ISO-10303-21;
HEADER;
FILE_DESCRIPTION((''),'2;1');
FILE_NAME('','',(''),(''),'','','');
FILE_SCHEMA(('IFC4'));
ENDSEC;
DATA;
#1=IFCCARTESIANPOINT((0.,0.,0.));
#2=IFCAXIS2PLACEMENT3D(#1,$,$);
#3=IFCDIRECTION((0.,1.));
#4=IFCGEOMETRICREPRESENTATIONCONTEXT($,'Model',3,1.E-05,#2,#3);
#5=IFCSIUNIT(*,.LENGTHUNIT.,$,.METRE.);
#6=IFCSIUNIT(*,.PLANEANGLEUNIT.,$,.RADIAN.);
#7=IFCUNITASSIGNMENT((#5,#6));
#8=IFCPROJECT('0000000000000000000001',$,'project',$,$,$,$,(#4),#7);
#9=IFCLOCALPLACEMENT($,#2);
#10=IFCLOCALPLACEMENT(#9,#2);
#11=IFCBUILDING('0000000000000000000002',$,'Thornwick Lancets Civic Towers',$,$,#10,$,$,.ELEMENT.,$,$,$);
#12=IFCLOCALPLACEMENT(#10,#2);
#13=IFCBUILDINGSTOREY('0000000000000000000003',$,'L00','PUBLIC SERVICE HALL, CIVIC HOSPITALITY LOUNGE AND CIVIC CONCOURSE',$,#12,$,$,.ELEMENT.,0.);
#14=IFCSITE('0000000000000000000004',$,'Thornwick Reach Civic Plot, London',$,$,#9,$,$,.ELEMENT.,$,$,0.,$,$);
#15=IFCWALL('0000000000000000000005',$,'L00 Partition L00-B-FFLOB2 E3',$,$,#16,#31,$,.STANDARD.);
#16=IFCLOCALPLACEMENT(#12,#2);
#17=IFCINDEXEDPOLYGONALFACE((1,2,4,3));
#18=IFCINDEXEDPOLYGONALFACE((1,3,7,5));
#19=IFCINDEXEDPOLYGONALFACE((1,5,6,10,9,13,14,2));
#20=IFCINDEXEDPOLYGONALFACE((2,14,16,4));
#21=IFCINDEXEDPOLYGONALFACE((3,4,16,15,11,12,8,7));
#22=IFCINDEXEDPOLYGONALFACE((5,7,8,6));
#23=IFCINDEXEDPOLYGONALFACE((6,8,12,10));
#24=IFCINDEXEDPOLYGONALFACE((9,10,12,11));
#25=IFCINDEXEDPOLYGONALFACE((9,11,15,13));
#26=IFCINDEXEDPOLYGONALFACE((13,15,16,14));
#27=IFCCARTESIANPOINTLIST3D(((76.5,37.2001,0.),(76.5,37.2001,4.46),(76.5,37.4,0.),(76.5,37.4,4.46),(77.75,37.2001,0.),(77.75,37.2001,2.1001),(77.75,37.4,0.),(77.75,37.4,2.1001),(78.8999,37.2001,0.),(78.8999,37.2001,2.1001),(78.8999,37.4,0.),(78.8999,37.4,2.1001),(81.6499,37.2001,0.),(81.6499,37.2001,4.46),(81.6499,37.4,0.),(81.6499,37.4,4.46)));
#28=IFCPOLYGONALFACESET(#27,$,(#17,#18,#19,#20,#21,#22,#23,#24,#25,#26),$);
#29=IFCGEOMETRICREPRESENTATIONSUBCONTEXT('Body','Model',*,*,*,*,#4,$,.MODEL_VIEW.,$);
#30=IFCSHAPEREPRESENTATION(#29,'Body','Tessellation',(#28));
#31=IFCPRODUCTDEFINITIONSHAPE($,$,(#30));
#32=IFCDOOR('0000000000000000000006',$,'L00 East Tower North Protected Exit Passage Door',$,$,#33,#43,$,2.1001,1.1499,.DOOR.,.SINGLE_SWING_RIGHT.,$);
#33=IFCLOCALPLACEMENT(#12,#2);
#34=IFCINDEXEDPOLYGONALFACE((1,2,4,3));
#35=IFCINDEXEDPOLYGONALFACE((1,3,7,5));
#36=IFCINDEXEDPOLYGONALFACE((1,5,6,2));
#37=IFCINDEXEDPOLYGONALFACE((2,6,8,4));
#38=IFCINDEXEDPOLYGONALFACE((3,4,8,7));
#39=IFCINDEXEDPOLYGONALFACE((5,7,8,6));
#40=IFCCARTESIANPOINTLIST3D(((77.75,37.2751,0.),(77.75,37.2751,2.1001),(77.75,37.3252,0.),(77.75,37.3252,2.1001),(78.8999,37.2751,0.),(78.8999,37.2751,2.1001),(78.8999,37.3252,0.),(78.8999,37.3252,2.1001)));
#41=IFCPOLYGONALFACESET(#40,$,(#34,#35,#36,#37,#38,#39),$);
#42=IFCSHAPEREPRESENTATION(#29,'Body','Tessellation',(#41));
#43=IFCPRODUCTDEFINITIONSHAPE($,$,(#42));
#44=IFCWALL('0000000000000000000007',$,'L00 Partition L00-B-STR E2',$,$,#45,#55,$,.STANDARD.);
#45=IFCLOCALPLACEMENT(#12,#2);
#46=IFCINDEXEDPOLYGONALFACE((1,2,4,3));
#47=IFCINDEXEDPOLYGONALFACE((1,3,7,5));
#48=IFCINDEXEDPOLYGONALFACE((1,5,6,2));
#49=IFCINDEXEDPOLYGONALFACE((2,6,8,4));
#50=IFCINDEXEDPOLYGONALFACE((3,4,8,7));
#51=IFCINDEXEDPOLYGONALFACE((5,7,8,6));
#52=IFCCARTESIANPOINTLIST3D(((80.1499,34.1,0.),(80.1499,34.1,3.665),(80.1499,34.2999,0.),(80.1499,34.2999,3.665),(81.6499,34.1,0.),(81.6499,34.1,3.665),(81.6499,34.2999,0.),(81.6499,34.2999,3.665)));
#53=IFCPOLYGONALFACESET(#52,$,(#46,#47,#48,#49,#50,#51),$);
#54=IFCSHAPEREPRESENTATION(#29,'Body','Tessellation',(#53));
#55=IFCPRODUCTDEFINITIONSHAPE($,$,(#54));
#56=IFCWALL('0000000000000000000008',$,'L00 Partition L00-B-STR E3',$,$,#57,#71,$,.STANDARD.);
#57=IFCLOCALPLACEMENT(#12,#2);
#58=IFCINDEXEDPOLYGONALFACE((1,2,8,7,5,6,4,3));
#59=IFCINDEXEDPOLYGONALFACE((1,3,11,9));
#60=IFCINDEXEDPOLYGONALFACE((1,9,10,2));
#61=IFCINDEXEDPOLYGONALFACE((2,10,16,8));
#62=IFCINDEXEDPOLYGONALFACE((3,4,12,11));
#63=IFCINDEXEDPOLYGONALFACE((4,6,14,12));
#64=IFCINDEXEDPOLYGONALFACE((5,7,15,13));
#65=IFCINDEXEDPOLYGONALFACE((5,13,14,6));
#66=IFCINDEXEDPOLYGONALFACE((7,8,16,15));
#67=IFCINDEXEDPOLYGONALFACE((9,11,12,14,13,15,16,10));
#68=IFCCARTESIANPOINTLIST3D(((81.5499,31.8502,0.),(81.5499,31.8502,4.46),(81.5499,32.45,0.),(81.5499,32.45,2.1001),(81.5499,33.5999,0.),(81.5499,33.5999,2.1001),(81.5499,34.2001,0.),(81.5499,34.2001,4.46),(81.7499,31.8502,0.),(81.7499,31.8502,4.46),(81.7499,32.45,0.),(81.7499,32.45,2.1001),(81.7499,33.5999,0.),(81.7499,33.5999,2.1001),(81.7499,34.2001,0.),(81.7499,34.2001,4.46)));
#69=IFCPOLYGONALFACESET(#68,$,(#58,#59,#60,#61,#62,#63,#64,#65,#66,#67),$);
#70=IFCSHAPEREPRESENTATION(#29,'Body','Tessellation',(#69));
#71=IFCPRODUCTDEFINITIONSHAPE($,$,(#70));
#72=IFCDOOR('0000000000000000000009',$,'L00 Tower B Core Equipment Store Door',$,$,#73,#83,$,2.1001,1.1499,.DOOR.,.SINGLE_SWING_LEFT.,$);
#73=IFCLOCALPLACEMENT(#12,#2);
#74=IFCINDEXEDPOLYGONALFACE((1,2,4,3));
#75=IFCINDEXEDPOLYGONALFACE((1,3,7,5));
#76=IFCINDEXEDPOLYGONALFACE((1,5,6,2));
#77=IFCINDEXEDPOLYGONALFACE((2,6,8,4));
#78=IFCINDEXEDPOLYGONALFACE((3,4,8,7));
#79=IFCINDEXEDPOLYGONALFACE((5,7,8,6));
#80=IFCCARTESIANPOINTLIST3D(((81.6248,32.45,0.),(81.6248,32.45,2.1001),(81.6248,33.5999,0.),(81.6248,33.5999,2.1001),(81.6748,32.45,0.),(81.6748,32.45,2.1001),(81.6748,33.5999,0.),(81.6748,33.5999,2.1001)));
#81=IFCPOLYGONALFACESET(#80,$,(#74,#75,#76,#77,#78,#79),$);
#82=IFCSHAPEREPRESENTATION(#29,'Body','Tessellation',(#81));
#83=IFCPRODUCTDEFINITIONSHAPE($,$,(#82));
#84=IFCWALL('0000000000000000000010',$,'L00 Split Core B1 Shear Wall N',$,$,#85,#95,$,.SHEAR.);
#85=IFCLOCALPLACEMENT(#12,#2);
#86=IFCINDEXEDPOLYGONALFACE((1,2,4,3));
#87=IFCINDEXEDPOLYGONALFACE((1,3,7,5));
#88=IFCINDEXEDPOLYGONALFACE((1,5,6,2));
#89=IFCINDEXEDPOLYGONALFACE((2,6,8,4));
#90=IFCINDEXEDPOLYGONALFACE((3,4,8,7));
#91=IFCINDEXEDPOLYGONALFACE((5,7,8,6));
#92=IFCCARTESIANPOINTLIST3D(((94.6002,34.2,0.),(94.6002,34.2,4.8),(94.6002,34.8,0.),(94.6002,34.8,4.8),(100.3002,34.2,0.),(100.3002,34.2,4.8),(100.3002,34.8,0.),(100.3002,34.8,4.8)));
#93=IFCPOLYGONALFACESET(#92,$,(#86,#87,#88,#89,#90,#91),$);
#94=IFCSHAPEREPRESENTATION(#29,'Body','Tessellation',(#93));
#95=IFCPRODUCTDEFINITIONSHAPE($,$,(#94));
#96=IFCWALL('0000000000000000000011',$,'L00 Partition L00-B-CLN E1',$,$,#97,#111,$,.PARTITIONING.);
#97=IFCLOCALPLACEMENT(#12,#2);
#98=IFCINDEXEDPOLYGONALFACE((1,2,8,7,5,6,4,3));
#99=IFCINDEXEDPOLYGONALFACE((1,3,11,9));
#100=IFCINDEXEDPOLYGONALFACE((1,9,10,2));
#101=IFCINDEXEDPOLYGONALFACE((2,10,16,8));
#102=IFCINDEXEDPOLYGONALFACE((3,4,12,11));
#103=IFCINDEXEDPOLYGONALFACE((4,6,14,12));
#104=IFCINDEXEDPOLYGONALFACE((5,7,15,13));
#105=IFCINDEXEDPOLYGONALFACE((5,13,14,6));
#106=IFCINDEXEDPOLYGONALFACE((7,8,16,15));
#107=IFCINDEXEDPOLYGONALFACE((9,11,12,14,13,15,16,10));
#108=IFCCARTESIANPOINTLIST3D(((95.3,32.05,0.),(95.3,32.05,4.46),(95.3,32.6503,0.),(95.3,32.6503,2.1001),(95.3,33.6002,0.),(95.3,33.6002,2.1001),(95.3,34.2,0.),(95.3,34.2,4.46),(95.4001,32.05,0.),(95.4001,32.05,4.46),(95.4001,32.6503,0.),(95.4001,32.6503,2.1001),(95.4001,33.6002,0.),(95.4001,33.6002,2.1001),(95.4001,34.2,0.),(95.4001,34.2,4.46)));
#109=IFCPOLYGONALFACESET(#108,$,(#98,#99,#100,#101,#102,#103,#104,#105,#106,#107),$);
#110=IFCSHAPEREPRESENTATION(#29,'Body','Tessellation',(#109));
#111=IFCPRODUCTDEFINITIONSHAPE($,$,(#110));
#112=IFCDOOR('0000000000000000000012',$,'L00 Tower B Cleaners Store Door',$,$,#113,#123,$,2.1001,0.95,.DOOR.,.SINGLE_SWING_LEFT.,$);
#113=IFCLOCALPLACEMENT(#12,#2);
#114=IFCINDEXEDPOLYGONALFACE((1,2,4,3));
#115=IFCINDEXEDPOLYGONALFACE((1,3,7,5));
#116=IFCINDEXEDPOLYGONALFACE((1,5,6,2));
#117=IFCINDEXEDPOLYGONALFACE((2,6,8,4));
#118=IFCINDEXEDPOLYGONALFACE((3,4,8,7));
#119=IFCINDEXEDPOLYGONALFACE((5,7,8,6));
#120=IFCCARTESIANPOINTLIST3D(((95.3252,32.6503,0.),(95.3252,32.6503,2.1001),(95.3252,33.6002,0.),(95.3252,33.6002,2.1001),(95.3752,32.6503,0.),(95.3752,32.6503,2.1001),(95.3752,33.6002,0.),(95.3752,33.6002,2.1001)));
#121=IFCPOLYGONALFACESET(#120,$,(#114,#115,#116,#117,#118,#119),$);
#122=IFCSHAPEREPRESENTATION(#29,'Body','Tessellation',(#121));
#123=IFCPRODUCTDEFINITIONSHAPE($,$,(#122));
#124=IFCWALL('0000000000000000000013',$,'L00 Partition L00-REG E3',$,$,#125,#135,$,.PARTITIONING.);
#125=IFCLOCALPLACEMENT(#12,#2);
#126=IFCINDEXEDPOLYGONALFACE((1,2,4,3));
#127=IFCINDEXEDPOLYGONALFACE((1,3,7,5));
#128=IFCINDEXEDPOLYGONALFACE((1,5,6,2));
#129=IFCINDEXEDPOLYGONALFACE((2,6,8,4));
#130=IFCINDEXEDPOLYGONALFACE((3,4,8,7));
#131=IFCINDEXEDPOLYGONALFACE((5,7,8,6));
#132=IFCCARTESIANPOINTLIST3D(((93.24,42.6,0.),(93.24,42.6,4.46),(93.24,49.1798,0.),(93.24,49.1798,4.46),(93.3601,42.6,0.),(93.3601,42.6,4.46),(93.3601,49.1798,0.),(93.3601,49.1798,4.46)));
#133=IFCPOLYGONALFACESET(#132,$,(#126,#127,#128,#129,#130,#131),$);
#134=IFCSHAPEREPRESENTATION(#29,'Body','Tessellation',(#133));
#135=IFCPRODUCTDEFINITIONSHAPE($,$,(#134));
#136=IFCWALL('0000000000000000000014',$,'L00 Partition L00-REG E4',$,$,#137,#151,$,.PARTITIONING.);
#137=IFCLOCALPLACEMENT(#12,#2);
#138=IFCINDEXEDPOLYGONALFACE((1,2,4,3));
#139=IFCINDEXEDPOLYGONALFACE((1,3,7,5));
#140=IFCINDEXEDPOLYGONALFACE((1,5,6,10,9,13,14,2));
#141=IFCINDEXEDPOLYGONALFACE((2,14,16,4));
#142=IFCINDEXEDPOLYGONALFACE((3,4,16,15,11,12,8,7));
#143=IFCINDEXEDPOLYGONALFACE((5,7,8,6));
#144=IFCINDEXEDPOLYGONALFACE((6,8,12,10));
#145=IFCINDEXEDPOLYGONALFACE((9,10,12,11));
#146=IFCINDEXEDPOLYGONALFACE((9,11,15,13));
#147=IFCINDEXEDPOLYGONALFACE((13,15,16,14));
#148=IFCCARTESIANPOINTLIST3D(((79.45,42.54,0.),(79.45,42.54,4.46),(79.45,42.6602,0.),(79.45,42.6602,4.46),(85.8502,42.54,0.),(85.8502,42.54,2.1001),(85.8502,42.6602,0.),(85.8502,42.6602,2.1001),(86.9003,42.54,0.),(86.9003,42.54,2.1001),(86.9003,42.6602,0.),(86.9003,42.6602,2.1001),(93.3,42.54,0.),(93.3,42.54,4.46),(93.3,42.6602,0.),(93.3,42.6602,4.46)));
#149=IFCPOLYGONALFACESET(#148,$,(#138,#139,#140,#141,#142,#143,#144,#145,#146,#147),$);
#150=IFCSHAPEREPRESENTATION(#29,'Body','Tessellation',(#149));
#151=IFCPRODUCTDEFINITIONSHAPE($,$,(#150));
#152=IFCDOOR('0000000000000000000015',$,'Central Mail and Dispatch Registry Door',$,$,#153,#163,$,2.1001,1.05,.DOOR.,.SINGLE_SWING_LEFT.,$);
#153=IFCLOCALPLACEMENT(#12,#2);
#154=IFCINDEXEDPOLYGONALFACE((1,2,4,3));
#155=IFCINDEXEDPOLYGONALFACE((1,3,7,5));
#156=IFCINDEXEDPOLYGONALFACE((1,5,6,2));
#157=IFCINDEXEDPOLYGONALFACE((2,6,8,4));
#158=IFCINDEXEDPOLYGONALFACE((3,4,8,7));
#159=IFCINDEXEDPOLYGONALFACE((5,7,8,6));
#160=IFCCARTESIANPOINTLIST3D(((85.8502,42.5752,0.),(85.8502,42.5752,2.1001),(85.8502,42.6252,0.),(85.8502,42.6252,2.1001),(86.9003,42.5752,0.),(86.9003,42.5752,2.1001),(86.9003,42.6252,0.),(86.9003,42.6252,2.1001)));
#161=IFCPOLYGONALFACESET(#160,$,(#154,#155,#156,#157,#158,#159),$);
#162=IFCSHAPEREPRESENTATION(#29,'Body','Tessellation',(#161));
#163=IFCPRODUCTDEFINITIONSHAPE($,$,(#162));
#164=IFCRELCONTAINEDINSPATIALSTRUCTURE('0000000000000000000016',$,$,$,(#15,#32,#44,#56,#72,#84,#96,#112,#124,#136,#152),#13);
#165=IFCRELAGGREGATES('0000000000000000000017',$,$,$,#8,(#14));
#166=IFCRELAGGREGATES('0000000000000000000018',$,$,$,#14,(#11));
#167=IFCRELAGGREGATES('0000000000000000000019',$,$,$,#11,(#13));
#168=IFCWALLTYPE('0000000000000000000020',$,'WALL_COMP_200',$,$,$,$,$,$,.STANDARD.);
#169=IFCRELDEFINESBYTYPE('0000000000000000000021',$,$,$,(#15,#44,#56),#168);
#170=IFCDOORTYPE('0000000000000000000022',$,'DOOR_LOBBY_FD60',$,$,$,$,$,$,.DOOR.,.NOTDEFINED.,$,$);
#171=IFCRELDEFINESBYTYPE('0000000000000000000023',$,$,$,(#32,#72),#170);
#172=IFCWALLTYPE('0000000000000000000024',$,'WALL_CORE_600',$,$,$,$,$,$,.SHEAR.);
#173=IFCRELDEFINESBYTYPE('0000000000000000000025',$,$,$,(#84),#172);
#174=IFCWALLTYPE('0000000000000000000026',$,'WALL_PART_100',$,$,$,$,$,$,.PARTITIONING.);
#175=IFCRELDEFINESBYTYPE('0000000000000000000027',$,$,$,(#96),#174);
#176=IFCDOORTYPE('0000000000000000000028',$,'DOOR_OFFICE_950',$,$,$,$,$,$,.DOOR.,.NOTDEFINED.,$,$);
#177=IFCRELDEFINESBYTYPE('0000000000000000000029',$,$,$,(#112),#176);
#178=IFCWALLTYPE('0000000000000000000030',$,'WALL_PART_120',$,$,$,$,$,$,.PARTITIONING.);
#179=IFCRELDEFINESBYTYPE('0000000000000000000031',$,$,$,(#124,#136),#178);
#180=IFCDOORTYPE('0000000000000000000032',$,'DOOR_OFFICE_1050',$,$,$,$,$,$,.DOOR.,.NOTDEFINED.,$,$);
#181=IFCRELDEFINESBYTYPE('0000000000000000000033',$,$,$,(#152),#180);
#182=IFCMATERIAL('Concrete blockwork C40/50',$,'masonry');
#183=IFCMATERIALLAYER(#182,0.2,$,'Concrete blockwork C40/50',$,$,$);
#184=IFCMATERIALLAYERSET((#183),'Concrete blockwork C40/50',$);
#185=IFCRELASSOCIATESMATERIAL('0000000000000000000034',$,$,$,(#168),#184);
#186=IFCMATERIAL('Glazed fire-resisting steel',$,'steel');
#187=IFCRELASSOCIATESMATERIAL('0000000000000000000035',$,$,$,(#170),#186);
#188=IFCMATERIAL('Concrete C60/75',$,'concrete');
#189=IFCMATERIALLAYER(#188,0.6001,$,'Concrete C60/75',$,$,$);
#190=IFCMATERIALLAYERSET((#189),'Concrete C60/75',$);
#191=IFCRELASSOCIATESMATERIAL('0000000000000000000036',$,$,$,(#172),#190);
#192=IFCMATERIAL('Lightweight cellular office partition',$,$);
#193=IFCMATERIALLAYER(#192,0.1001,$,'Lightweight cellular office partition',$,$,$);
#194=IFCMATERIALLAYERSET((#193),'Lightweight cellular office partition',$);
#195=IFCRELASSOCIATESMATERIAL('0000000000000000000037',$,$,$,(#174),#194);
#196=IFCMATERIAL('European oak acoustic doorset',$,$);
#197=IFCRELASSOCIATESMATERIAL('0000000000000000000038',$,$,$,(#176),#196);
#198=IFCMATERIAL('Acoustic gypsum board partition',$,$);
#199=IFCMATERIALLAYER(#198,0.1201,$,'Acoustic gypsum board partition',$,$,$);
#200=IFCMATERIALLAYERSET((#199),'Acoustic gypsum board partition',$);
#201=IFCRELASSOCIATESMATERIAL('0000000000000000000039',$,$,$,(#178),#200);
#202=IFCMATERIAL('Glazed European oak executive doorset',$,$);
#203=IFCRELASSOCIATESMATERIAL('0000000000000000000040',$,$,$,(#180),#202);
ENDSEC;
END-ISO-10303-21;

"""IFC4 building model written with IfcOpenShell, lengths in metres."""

from ifc_helpers import new_model, si_unit, direction, frame, frame_2d, origin, place, context, subcontext, project, spatial, rectangle, extrude, material, layer, layer_set, type_object, element, fill, save


model = new_model("IFC4")

# Units and contexts
model_context = context("Model", 3, precision=1e-05, world=origin(), true_north=direction((0.0, 1.0)))
body_context = subcontext(model_context, "Body", "Model", "MODEL_VIEW")
ifc_project = project(units=[si_unit("LENGTHUNIT", "METRE"), si_unit("PLANEANGLEUNIT", "RADIAN")], contexts=[model_context])

# Site, building, storey
site_placement = place(None, origin())
site = spatial("IfcSite", under=ifc_project, at=site_placement, Name="Thornwick Reach Civic Plot, London", CompositionType="ELEMENT", RefElevation=0.0)
building_placement = place(site_placement, origin())
building = spatial("IfcBuilding", under=site, at=building_placement, Name="Thornwick Lancets Civic Towers", CompositionType="ELEMENT")
storey_placement = place(building_placement, origin())
storey = spatial("IfcBuildingStorey", under=building, at=storey_placement, Name="L00", Description="PUBLIC SERVICE HALL, CIVIC HOSPITALITY LOUNGE AND CIVIC CONCOURSE", CompositionType="ELEMENT", Elevation=0.0)

# Shared definitions
ifc_material_1 = material(Name="Concrete C60/75", Category="concrete")

# Shared definitions
ifc_material_2 = material(Name="Concrete blockwork C40/50", Category="masonry")
ifc_layer_1 = layer(ifc_material_2, 0.2, Name="Concrete blockwork C40/50")
ifc_layer_set_1 = layer_set([ifc_layer_1], Name="Concrete blockwork C40/50")
wall_type_1 = type_object("IfcWallType", Name="WALL_COMP_200", PredefinedType="STANDARD", material=ifc_layer_set_1)

# Wall, opening, door
ifc_material_3 = material(Name="Glazed fire-resisting steel", Category="steel")
door_type_1 = type_object("IfcDoorType", Name="DOOR_LOBBY_FD60", OperationType="NOTDEFINED", PredefinedType="DOOR", material=ifc_material_3)
wall_1_placement = place(storey_placement, frame((81.6499, 37.3, 0.0), z_axis=(0.0, 0.0, 1.0), x_axis=(-1.0, 0.0, 0.0)))
wall_1 = element("IfcWall", 1, at=wall_1_placement, inside=storey, type_object=wall_type_1, Name="L00 Partition L00-B-FFLOB2 E3", PredefinedType="STANDARD", context=body_context, shape_type="SweptSolid", body=[
    extrude(rectangle(XDim=5.1499, YDim=0.2, at=frame_2d((2.575, 0.0))), origin(), (0.0, 0.0, 1.0), 4.46),
])
opening_1_placement = place(wall_1_placement, frame((2.75, 0.0, 0.0)))
opening_1 = element("IfcOpeningElement", 2, at=opening_1_placement, cuts=wall_1, PredefinedType="OPENING", context=body_context, shape_type="SweptSolid", body=[
    extrude(rectangle(XDim=1.1499, YDim=2.1001, at=frame_2d((0.575, 1.05))), frame((0.0, 0.1099, 0.0), z_axis=(0.0, -1.0, 0.0), x_axis=(1.0, 0.0, 0.0)), (0.0, 0.0, 1.0), 0.22),
])
door_1_placement = place(opening_1_placement, origin())
door_1 = element("IfcDoor", 3, at=door_1_placement, inside=storey, type_object=door_type_1, Name="L00 East Tower North Protected Exit Passage Door", OperationType="SINGLE_SWING_RIGHT", OverallHeight=2.1001, OverallWidth=1.1499, PredefinedType="DOOR", context=body_context, shape_type="SweptSolid", body=[
    extrude(rectangle(XDim=1.1499, YDim=2.1001, at=frame_2d((0.575, 1.05))), frame((0.0, 0.0249, 0.0), z_axis=(0.0, -1.0, 0.0), x_axis=(1.0, 0.0, 0.0)), (0.0, 0.0, 1.0), 0.05),
])
fill(opening_1, door_1)

# Wall
wall_2_placement = place(storey_placement, frame((80.1499, 34.2, 0.0), z_axis=(0.0, 0.0, 1.0), x_axis=(1.0, 0.0, 0.0)))
element("IfcWall", 4, at=wall_2_placement, inside=storey, type_object=wall_type_1, Name="L00 Partition L00-B-STR E2", PredefinedType="STANDARD", context=body_context, shape_type="SweptSolid", body=[
    extrude(rectangle(XDim=1.5, YDim=0.2, at=frame_2d((0.75, 0.0))), origin(), (0.0, 0.0, 1.0), 3.665),
])

# Wall, opening, door
wall_3_placement = place(storey_placement, frame((81.6499, 34.2, 0.0), z_axis=(0.0, 0.0, 1.0), x_axis=(0.0, -1.0, 0.0)))
wall_3 = element("IfcWall", 5, at=wall_3_placement, inside=storey, type_object=wall_type_1, Name="L00 Partition L00-B-STR E3", PredefinedType="STANDARD", context=body_context, shape_type="SweptSolid", body=[
    extrude(rectangle(XDim=2.3499, YDim=0.2, at=frame_2d((1.1748, 0.0))), origin(), (0.0, 0.0, 1.0), 4.46),
])
opening_2_placement = place(wall_3_placement, frame((0.6001, 0.0, 0.0)))
opening_2 = element("IfcOpeningElement", 6, at=opening_2_placement, cuts=wall_3, PredefinedType="OPENING", context=body_context, shape_type="SweptSolid", body=[
    extrude(rectangle(XDim=1.1499, YDim=2.1001, at=frame_2d((0.575, 1.05))), frame((0.0, 0.1099, 0.0), z_axis=(0.0, -1.0, 0.0), x_axis=(1.0, 0.0, 0.0)), (0.0, 0.0, 1.0), 0.22),
])
door_2_placement = place(opening_2_placement, origin())
door_2 = element("IfcDoor", 7, at=door_2_placement, inside=storey, type_object=door_type_1, Name="L00 Tower B Core Equipment Store Door", OperationType="SINGLE_SWING_LEFT", OverallHeight=2.1001, OverallWidth=1.1499, PredefinedType="DOOR", context=body_context, shape_type="SweptSolid", body=[
    extrude(rectangle(XDim=1.1499, YDim=2.1001, at=frame_2d((0.575, 1.05))), frame((0.0, 0.0249, 0.0), z_axis=(0.0, -1.0, 0.0), x_axis=(1.0, 0.0, 0.0)), (0.0, 0.0, 1.0), 0.05),
])
fill(opening_2, door_2)

# Wall
ifc_layer_2 = layer(ifc_material_1, 0.6001, Name="Concrete C60/75")
ifc_layer_set_2 = layer_set([ifc_layer_2], Name="Concrete C60/75")
wall_type_2 = type_object("IfcWallType", Name="WALL_CORE_600", PredefinedType="SHEAR", material=ifc_layer_set_2)
wall_4_placement = place(storey_placement, frame((94.6001, 34.5, 0.0), z_axis=(0.0, 0.0, 1.0), x_axis=(1.0, 0.0, 0.0)))
element("IfcWall", 8, at=wall_4_placement, inside=storey, type_object=wall_type_2, Name="L00 Split Core B1 Shear Wall N", PredefinedType="SHEAR", context=body_context, shape_type="SweptSolid", body=[
    extrude(rectangle(XDim=5.7, YDim=0.6001, at=frame_2d((2.8501, 0.0))), origin(), (0.0, 0.0, 1.0), 4.8),
])

# Wall, opening, door
ifc_material_4 = material(Name="Lightweight cellular office partition")
ifc_layer_3 = layer(ifc_material_4, 0.1001, Name="Lightweight cellular office partition")
ifc_layer_set_3 = layer_set([ifc_layer_3], Name="Lightweight cellular office partition")
wall_type_3 = type_object("IfcWallType", Name="WALL_PART_100", PredefinedType="PARTITIONING", material=ifc_layer_set_3)
wall_5_placement = place(storey_placement, frame((95.3501, 32.05, 0.0), z_axis=(0.0, 0.0, 1.0), x_axis=(0.0, 1.0, 0.0)))
wall_5 = element("IfcWall", 9, at=wall_5_placement, inside=storey, type_object=wall_type_3, Name="L00 Partition L00-B-CLN E1", PredefinedType="PARTITIONING", context=body_context, shape_type="SweptSolid", body=[
    extrude(rectangle(XDim=2.1499, YDim=0.1001, at=frame_2d((1.075, 0.0))), origin(), (0.0, 0.0, 1.0), 4.46),
])
opening_3_placement = place(wall_5_placement, frame((0.6001, 0.0, 0.0)))
opening_3 = element("IfcOpeningElement", 10, at=opening_3_placement, cuts=wall_5, PredefinedType="OPENING", context=body_context, shape_type="SweptSolid", body=[
    extrude(rectangle(XDim=0.95, YDim=2.1001, at=frame_2d((0.4751, 1.05))), frame((0.0, 0.0601, 0.0), z_axis=(0.0, -1.0, 0.0), x_axis=(1.0, 0.0, 0.0)), (0.0, 0.0, 1.0), 0.1201),
])
ifc_material_5 = material(Name="European oak acoustic doorset")
door_type_2 = type_object("IfcDoorType", Name="DOOR_OFFICE_950", OperationType="NOTDEFINED", PredefinedType="DOOR", material=ifc_material_5)
door_3_placement = place(opening_3_placement, origin())
door_3 = element("IfcDoor", 11, at=door_3_placement, inside=storey, type_object=door_type_2, Name="L00 Tower B Cleaners Store Door", OperationType="SINGLE_SWING_LEFT", OverallHeight=2.1001, OverallWidth=0.95, PredefinedType="DOOR", context=body_context, shape_type="SweptSolid", body=[
    extrude(rectangle(XDim=0.95, YDim=2.1001, at=frame_2d((0.4751, 1.05))), frame((0.0, 0.0249, 0.0), z_axis=(0.0, -1.0, 0.0), x_axis=(1.0, 0.0, 0.0)), (0.0, 0.0, 1.0), 0.05),
])
fill(opening_3, door_3)

# Wall
ifc_material_6 = material(Name="Acoustic gypsum board partition")
ifc_layer_4 = layer(ifc_material_6, 0.1201, Name="Acoustic gypsum board partition")
ifc_layer_set_4 = layer_set([ifc_layer_4], Name="Acoustic gypsum board partition")
wall_type_4 = type_object("IfcWallType", Name="WALL_PART_120", PredefinedType="PARTITIONING", material=ifc_layer_set_4)
wall_6_placement = place(storey_placement, frame((93.3, 49.1799, 0.0), z_axis=(0.0, 0.0, 1.0), x_axis=(0.0, -1.0, 0.0)))
element("IfcWall", 12, at=wall_6_placement, inside=storey, type_object=wall_type_4, Name="L00 Partition L00-REG E3", PredefinedType="PARTITIONING", context=body_context, shape_type="SweptSolid", body=[
    extrude(rectangle(XDim=6.5798, YDim=0.1201, at=frame_2d((3.29, 0.0))), origin(), (0.0, 0.0, 1.0), 4.46),
])

# Wall, opening, door
wall_7_placement = place(storey_placement, frame((93.3, 42.6001, 0.0), z_axis=(0.0, 0.0, 1.0), x_axis=(-1.0, 0.0, 0.0)))
wall_7 = element("IfcWall", 13, at=wall_7_placement, inside=storey, type_object=wall_type_4, Name="L00 Partition L00-REG E4", PredefinedType="PARTITIONING", context=body_context, shape_type="SweptSolid", body=[
    extrude(rectangle(XDim=13.8501, YDim=0.1201, at=frame_2d((6.925, 0.0))), origin(), (0.0, 0.0, 1.0), 4.46),
])
opening_4_placement = place(wall_7_placement, frame((6.3999, 0.0, 0.0)))
opening_4 = element("IfcOpeningElement", 14, at=opening_4_placement, cuts=wall_7, PredefinedType="OPENING", context=body_context, shape_type="SweptSolid", body=[
    extrude(rectangle(XDim=1.05, YDim=2.1001, at=frame_2d((0.5249, 1.05))), frame((0.0, 0.0701, 0.0), z_axis=(0.0, -1.0, 0.0), x_axis=(1.0, 0.0, 0.0)), (0.0, 0.0, 1.0), 0.1401),
])
ifc_material_7 = material(Name="Glazed European oak executive doorset")
door_type_3 = type_object("IfcDoorType", Name="DOOR_OFFICE_1050", OperationType="NOTDEFINED", PredefinedType="DOOR", material=ifc_material_7)
door_4_placement = place(opening_4_placement, origin())
door_4 = element("IfcDoor", 15, at=door_4_placement, inside=storey, type_object=door_type_3, Name="Central Mail and Dispatch Registry Door", OperationType="SINGLE_SWING_LEFT", OverallHeight=2.1001, OverallWidth=1.05, PredefinedType="DOOR", context=body_context, shape_type="SweptSolid", body=[
    extrude(rectangle(XDim=1.05, YDim=2.1001, at=frame_2d((0.5249, 1.05))), frame((0.0, 0.0249, 0.0), z_axis=(0.0, -1.0, 0.0), x_axis=(1.0, 0.0, 0.0)), (0.0, 0.0, 1.0), 0.05),
])
fill(opening_4, door_4)

save(model, "model.ifc")
